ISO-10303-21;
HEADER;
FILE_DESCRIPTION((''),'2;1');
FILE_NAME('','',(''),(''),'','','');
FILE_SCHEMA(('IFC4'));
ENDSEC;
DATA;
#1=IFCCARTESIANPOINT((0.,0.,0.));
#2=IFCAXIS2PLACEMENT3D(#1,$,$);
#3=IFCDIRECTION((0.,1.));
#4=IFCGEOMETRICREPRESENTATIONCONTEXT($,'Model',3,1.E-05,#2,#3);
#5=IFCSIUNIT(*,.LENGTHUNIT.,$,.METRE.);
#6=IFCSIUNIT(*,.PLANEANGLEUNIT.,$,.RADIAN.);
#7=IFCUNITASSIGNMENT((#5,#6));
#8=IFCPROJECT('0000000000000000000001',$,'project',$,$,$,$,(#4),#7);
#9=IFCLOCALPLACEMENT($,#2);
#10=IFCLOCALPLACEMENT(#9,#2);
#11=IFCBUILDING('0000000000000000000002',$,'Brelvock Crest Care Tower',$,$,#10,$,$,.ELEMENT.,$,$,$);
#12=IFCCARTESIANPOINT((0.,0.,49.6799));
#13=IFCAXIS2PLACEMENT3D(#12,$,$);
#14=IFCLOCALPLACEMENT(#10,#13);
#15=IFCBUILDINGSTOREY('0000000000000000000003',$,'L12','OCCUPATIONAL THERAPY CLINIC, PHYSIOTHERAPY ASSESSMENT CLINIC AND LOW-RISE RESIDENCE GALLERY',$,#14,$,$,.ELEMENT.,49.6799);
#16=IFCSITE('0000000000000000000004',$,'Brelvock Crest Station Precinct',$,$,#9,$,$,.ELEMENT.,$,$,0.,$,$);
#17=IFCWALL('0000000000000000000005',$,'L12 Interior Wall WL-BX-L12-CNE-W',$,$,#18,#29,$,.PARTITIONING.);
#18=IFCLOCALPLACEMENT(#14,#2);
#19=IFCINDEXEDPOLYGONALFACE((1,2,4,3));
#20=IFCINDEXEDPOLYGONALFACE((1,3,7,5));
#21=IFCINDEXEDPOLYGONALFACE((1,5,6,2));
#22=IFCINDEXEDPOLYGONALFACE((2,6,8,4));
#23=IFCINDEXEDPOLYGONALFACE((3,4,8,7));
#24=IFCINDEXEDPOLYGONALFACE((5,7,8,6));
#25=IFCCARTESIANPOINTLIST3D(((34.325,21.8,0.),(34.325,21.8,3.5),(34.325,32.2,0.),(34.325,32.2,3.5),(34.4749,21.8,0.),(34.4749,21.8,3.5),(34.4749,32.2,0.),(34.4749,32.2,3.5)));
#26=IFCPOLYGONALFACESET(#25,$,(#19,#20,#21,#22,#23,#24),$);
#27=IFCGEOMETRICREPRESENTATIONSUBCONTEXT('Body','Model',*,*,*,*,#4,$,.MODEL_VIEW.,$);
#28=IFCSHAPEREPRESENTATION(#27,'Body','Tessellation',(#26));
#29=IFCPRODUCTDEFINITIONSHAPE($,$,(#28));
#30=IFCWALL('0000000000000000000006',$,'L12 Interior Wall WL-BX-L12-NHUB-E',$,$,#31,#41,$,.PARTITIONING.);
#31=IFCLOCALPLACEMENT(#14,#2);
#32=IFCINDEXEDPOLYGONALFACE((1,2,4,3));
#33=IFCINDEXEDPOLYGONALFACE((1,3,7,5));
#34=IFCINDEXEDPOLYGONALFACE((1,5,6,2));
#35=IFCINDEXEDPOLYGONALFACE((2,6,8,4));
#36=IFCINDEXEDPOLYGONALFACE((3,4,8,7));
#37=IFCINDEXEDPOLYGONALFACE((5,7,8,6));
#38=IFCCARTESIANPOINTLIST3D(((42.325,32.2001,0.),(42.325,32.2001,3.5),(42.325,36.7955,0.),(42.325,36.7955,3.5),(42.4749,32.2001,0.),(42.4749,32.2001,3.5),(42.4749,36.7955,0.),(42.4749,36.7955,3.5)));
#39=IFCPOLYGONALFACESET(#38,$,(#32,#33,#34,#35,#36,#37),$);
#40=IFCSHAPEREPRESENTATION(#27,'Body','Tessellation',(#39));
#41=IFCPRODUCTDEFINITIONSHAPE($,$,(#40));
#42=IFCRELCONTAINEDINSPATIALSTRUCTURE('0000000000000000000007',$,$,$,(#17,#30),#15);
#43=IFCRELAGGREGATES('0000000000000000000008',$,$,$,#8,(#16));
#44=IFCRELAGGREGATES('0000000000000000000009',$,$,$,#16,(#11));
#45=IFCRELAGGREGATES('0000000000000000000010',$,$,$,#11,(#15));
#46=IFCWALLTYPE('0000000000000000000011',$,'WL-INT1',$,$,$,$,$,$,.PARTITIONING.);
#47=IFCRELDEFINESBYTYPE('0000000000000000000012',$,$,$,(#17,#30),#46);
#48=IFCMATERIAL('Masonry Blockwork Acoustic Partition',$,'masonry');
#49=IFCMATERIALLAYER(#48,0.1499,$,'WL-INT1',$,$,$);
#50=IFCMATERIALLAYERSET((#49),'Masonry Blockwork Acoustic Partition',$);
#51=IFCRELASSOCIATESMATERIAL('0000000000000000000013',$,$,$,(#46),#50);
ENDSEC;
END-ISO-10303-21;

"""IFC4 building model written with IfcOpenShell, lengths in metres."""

from ifc_helpers import new_model, si_unit, direction, frame, frame_2d, origin, place, context, subcontext, project, spatial, rectangle, extrude, material, layer, layer_set, type_object, element, save


model = new_model("IFC4")

# Units and contexts
model_context = context("Model", 3, precision=1e-05, world=origin(), true_north=direction((0.0, 1.0)))
body_context = subcontext(model_context, "Body", "Model", "MODEL_VIEW")
ifc_project = project(units=[si_unit("LENGTHUNIT", "METRE"), si_unit("PLANEANGLEUNIT", "RADIAN")], contexts=[model_context])

# Site, building, storey
site_placement = place(None, origin())
site = spatial("IfcSite", under=ifc_project, at=site_placement, Name="Brelvock Crest Station Precinct", CompositionType="ELEMENT", RefElevation=0.0)
building_placement = place(site_placement, origin())
building = spatial("IfcBuilding", under=site, at=building_placement, Name="Brelvock Crest Care Tower", CompositionType="ELEMENT")
storey_placement = place(building_placement, frame((0.0, 0.0, 49.6799)))
storey = spatial("IfcBuildingStorey", under=building, at=storey_placement, Name="L12", Description="OCCUPATIONAL THERAPY CLINIC, PHYSIOTHERAPY ASSESSMENT CLINIC AND LOW-RISE RESIDENCE GALLERY", CompositionType="ELEMENT", Elevation=49.6799)

# Shared definitions
ifc_material_1 = material(Name="Masonry Blockwork Acoustic Partition", Category="masonry")
ifc_layer = layer(ifc_material_1, 0.1499, Name="WL-INT1")
ifc_layer_set = layer_set([ifc_layer], Name="Masonry Blockwork Acoustic Partition")
wall_type = type_object("IfcWallType", Name="WL-INT1", PredefinedType="PARTITIONING", material=ifc_layer_set)

# Walls
wall_1_placement = place(storey_placement, frame((34.3999, 21.8, 0.0), z_axis=(0.0, 0.0, 1.0), x_axis=(0.0, 1.0, 0.0)))
element("IfcWall", 1, at=wall_1_placement, inside=storey, type_object=wall_type, Name="L12 Interior Wall WL-BX-L12-CNE-W", PredefinedType="PARTITIONING", context=body_context, shape_type="SweptSolid", body=[
    extrude(rectangle(XDim=10.3999, YDim=0.1499, at=frame_2d((5.2, 0.0))), origin(), (0.0, 0.0, 1.0), 3.5),
])
wall_2_placement = place(storey_placement, frame((42.3999, 32.2, 0.0), z_axis=(0.0, 0.0, 1.0), x_axis=(0.0, 1.0, 0.0)))
element("IfcWall", 2, at=wall_2_placement, inside=storey, type_object=wall_type, Name="L12 Interior Wall WL-BX-L12-NHUB-E", PredefinedType="PARTITIONING", context=body_context, shape_type="SweptSolid", body=[
    extrude(rectangle(XDim=4.5955, YDim=0.1499, at=frame_2d((2.2979, 0.0))), origin(), (0.0, 0.0, 1.0), 3.5),
])

save(model, "model.ifc")
